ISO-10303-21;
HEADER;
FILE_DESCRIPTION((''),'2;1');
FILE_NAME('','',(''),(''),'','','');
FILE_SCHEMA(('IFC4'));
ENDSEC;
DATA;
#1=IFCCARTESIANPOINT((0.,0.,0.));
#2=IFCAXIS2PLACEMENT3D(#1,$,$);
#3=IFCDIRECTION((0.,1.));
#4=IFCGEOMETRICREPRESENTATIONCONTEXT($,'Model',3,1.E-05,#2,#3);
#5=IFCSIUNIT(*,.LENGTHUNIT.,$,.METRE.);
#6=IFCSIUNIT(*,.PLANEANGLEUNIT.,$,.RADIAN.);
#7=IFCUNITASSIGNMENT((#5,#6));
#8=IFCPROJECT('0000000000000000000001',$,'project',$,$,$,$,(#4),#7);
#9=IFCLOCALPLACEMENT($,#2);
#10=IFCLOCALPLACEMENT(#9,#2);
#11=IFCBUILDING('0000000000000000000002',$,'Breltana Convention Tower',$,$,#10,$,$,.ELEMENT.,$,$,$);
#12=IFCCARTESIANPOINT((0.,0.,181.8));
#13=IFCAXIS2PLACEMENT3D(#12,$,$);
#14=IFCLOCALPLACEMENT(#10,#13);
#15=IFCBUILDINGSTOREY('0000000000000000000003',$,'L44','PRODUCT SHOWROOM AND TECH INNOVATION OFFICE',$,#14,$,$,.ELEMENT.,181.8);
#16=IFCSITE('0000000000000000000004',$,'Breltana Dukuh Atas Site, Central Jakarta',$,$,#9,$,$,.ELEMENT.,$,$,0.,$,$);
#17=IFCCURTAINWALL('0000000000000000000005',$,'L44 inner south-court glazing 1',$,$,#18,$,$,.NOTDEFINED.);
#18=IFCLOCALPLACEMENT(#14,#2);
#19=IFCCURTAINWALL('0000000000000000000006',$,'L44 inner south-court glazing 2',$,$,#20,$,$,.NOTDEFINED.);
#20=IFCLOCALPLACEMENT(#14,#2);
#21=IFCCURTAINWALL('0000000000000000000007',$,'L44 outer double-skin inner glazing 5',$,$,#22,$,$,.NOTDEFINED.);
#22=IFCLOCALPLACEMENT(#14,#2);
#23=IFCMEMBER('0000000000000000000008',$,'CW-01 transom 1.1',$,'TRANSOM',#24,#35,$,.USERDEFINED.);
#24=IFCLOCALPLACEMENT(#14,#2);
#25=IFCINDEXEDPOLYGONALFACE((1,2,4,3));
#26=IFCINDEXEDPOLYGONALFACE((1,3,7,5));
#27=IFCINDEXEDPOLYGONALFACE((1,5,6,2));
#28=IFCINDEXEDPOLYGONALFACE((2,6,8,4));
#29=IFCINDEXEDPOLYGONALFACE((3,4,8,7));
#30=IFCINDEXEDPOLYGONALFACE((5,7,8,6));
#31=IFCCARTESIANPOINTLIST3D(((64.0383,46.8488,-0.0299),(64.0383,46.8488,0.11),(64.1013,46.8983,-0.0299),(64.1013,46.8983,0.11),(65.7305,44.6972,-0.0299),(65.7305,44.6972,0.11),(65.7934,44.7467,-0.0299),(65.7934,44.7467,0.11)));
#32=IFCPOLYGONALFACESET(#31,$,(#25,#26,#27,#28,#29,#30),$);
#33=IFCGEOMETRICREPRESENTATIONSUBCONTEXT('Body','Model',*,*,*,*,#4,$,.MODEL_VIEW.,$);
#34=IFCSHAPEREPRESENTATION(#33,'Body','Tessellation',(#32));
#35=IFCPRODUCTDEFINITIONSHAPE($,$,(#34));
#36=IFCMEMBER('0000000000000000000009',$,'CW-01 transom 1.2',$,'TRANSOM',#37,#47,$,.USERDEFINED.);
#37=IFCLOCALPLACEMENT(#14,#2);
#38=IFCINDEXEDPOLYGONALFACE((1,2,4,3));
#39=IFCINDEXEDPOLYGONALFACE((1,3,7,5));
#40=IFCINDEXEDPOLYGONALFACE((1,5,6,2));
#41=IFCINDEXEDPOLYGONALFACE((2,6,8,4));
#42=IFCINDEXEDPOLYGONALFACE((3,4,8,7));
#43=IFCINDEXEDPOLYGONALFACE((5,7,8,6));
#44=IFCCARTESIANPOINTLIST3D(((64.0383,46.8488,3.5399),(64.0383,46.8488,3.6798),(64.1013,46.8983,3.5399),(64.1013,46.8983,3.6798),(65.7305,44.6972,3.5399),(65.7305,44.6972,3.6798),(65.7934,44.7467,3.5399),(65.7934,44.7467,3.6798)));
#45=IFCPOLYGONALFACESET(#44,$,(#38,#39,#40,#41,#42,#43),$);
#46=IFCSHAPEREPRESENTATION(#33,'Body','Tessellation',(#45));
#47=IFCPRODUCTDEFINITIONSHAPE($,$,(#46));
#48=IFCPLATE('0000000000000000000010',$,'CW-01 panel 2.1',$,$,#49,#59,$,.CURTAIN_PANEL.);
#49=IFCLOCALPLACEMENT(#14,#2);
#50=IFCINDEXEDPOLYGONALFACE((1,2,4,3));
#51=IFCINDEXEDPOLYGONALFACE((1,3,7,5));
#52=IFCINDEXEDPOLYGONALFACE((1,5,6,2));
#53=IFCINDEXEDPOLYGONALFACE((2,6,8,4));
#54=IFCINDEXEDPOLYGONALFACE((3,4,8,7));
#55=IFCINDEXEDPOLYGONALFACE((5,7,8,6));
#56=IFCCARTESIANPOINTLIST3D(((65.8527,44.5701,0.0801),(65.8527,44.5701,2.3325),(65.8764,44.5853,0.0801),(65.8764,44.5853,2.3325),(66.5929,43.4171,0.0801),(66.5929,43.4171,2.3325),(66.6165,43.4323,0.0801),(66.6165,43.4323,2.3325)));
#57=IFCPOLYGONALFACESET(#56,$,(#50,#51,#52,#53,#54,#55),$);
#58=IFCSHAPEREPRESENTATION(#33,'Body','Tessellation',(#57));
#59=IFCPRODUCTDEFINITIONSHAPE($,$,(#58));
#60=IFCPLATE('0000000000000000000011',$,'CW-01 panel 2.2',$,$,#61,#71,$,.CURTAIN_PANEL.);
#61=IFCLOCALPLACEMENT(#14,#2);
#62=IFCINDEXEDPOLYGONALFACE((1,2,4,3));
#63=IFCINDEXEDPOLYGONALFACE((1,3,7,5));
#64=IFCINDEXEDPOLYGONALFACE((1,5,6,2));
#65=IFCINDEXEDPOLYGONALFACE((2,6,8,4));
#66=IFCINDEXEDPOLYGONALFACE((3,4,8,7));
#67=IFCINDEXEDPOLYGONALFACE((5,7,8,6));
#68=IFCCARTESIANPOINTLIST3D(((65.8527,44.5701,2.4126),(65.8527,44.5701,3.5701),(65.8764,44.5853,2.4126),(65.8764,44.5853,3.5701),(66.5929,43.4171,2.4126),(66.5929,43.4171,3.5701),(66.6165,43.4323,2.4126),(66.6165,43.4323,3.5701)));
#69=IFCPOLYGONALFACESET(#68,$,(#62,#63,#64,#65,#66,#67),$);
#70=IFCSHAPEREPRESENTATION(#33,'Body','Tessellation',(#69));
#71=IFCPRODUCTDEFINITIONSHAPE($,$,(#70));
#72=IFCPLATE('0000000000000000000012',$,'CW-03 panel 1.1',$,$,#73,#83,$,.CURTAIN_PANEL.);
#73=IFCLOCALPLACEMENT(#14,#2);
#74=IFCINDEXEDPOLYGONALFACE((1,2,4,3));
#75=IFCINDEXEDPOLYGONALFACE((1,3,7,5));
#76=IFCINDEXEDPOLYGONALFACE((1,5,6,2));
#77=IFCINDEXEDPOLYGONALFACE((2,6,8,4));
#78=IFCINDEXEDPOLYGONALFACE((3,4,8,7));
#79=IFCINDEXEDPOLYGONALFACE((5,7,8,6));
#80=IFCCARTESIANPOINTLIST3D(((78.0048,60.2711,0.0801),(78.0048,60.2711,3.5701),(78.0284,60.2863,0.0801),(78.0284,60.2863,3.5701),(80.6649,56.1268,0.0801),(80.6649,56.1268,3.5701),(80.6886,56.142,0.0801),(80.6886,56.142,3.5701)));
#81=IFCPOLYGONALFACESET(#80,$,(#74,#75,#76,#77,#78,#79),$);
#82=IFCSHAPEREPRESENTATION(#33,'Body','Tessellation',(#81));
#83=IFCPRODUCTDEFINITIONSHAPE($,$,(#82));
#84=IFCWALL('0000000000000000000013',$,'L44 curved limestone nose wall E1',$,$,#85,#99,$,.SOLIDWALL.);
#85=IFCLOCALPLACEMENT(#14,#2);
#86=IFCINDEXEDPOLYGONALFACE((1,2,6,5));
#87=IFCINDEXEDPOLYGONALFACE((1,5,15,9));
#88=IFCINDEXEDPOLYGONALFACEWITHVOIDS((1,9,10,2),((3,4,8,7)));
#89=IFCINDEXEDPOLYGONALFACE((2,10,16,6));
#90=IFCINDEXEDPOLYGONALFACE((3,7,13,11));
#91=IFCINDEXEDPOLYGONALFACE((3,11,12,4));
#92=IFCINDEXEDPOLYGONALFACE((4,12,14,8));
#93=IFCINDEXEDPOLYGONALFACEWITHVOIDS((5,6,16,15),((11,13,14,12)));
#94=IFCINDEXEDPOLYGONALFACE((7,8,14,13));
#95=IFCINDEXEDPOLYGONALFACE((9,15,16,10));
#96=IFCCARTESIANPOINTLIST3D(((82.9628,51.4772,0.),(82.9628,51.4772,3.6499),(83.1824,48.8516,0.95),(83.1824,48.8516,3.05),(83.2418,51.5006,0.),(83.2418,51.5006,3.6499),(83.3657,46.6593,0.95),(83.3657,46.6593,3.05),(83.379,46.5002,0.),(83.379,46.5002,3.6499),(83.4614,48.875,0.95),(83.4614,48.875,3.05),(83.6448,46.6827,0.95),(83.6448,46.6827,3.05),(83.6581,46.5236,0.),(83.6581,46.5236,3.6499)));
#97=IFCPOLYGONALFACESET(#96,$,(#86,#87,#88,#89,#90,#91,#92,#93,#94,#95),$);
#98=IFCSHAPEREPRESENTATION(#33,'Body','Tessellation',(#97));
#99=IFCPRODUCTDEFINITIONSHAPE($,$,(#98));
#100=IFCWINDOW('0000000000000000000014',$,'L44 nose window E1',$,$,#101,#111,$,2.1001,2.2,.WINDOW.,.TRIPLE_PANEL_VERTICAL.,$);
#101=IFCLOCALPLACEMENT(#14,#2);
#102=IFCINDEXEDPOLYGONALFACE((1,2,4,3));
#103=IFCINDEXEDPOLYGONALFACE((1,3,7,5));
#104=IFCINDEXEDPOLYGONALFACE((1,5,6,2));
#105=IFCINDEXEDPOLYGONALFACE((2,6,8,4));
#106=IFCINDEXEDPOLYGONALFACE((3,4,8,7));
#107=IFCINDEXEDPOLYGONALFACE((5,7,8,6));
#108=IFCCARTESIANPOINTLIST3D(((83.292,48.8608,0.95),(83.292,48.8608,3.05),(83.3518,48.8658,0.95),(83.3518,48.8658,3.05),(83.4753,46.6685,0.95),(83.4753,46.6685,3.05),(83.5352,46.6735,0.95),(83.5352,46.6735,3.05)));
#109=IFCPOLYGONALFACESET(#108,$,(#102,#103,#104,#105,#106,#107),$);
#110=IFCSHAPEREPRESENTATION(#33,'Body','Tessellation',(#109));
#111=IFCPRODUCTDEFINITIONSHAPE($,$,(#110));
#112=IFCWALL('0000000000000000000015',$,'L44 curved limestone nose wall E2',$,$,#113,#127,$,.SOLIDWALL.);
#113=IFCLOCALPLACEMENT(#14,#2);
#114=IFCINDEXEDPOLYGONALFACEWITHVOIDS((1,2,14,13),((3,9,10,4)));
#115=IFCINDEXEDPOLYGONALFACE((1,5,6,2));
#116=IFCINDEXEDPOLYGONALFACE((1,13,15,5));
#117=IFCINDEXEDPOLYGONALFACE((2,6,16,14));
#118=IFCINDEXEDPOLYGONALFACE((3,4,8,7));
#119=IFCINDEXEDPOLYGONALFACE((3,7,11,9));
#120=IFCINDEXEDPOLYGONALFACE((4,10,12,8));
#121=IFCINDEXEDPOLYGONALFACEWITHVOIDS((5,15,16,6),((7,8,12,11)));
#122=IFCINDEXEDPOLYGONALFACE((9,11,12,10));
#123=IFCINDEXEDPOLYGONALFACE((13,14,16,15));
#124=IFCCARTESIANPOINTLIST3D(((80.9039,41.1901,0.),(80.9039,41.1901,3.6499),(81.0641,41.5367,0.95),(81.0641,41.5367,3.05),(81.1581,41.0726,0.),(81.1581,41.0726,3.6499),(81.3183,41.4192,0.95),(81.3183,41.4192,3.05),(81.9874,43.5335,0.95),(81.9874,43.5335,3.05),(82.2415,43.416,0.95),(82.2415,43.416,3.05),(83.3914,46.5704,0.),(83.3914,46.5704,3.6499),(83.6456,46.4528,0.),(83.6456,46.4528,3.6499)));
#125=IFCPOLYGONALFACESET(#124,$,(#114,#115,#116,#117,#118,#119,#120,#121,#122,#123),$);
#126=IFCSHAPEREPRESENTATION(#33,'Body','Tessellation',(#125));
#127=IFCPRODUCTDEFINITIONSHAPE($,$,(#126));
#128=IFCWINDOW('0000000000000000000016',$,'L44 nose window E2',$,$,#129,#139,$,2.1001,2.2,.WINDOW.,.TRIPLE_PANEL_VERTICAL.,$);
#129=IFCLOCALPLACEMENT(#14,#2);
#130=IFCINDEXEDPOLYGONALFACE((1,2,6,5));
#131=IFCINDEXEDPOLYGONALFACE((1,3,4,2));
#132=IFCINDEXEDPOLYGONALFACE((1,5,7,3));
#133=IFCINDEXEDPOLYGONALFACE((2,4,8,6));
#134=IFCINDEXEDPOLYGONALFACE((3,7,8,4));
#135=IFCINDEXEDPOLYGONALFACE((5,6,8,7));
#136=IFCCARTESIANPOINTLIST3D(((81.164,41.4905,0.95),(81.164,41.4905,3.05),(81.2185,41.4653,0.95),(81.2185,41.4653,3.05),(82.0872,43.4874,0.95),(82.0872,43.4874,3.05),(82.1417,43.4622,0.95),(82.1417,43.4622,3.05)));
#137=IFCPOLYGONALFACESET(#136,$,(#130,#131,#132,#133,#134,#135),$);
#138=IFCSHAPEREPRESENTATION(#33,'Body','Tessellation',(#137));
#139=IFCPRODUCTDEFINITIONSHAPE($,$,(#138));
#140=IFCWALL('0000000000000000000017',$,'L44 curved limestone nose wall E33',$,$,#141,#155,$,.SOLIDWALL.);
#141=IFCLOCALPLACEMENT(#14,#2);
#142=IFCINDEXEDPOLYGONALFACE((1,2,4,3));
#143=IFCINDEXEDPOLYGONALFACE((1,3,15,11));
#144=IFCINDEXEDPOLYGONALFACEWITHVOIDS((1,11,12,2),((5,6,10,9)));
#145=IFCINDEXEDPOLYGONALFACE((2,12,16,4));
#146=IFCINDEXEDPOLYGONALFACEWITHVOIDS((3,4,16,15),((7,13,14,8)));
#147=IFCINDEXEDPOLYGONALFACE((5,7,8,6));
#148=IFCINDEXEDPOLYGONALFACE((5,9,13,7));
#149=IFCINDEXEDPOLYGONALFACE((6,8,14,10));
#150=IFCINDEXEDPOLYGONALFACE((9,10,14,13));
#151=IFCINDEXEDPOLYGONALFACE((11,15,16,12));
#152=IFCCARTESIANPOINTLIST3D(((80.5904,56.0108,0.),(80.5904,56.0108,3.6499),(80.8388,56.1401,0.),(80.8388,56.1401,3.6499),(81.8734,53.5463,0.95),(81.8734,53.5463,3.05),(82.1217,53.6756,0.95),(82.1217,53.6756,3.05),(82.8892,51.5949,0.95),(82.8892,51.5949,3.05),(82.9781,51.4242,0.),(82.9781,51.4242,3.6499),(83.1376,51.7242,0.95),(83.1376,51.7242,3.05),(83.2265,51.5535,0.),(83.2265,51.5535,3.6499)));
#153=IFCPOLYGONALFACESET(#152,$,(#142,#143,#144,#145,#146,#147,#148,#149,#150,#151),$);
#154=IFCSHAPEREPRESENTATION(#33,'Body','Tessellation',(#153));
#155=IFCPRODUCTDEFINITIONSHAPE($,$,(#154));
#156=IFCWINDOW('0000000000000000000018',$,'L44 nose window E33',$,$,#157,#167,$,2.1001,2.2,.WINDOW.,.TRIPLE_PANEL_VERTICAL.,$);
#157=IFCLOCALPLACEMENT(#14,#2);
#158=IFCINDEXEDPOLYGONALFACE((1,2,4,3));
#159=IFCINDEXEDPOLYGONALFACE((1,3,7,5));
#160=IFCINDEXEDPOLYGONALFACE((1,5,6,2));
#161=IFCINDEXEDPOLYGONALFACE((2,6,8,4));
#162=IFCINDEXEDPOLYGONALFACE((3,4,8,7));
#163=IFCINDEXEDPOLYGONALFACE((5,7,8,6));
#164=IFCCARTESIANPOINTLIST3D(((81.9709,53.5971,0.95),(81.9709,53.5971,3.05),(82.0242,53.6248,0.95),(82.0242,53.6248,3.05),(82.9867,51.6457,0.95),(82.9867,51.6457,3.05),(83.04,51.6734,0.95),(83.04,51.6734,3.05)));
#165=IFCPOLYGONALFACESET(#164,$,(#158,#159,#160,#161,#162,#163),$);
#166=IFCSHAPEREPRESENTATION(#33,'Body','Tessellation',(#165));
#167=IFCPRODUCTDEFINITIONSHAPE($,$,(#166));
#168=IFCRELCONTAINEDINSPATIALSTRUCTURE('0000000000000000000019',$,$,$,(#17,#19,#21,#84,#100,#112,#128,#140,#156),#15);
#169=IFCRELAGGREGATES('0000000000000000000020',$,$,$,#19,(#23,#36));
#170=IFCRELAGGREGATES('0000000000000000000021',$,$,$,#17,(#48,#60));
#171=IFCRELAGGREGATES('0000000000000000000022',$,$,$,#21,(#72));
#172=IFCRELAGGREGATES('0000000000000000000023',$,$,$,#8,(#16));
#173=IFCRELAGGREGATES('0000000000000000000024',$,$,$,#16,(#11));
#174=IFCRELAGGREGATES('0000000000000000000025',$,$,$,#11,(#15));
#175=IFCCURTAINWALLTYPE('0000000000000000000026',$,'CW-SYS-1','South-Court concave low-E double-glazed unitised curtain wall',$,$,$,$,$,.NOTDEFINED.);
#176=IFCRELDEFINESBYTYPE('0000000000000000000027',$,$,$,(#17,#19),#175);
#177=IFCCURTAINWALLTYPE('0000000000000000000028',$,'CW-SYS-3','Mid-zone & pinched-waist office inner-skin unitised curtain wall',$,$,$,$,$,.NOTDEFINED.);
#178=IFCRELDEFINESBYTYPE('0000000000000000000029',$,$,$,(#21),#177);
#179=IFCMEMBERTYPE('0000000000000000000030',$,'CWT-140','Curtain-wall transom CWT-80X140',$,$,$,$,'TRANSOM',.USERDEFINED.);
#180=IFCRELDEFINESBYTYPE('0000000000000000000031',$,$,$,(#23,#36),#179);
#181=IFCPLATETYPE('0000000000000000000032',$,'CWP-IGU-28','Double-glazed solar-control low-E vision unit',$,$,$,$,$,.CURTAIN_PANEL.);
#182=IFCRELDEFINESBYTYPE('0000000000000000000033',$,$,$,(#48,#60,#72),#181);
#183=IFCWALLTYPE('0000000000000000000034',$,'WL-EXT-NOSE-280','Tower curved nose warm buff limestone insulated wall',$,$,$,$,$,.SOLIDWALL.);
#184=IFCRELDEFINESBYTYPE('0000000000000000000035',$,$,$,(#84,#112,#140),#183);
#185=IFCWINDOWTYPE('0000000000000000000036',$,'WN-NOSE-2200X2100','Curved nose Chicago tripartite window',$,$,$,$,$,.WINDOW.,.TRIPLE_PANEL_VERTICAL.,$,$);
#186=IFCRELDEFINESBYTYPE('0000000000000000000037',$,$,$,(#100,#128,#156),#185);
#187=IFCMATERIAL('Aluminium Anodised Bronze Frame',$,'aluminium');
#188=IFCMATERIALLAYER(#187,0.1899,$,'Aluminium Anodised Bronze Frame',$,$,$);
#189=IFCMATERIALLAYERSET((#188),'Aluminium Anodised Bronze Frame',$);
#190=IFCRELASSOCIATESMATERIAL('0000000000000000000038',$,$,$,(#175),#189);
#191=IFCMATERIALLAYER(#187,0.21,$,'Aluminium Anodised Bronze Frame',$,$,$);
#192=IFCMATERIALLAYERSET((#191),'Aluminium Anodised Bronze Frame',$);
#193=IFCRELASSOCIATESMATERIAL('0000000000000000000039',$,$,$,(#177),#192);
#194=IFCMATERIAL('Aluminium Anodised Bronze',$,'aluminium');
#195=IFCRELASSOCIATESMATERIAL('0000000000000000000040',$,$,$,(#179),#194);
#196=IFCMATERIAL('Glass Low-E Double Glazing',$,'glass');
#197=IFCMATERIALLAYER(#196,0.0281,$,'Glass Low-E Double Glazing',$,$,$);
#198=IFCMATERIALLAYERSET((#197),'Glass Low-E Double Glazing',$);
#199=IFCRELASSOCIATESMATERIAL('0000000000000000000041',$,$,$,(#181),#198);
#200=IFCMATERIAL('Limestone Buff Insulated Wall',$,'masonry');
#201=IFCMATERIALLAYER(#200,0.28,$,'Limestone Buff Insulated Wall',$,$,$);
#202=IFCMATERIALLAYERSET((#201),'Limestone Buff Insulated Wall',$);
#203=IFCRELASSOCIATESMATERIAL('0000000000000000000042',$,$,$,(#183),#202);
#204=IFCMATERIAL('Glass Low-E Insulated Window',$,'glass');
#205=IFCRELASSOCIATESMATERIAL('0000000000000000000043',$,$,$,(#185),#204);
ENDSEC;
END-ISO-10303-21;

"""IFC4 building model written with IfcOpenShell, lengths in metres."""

from ifc_helpers import new_model, si_unit, direction, frame, frame_2d, origin, origin_2d, place, context, subcontext, project, spatial, rectangle, extrude, source, transform, mapped, material, layer, layer_set, material_profile, profile_set, type_object, type_shapes, element, fill, aggregate, save


model = new_model("IFC4")

# Units and contexts
model_context = context("Model", 3, precision=1e-05, world=origin(), true_north=direction((0.0, 1.0)))
body_context = subcontext(model_context, "Body", "Model", "MODEL_VIEW")
ifc_project = project(units=[si_unit("LENGTHUNIT", "METRE"), si_unit("PLANEANGLEUNIT", "RADIAN")], contexts=[model_context])

# Site, building, storey
site_placement = place(None, origin())
site = spatial("IfcSite", under=ifc_project, at=site_placement, Name="Breltana Dukuh Atas Site, Central Jakarta", CompositionType="ELEMENT", RefElevation=0.0)
building_placement = place(site_placement, origin())
building = spatial("IfcBuilding", under=site, at=building_placement, Name="Breltana Convention Tower", CompositionType="ELEMENT")
storey_placement = place(building_placement, frame((0.0, 0.0, 181.8)))
storey = spatial("IfcBuildingStorey", under=building, at=storey_placement, Name="L44", Description="PRODUCT SHOWROOM AND TECH INNOVATION OFFICE", CompositionType="ELEMENT", Elevation=181.8)

# Curtain walls
ifc_material_1 = material(Name="Aluminium Anodised Bronze Frame", Category="aluminium")
ifc_layer_1 = layer(ifc_material_1, 0.1899, Name="Aluminium Anodised Bronze Frame")
ifc_layer_set_1 = layer_set([ifc_layer_1], Name="Aluminium Anodised Bronze Frame")
curtain_wall_type_1 = type_object("IfcCurtainWallType", Name="CW-SYS-1", Description="South-Court concave low-E double-glazed unitised curtain wall", PredefinedType="NOTDEFINED", material=ifc_layer_set_1)
curtain_wall_1_placement = place(storey_placement, origin())
curtain_wall_1 = element("IfcCurtainWall", 1, at=curtain_wall_1_placement, inside=storey, type_object=curtain_wall_type_1, Name="L44 inner south-court glazing 1", PredefinedType="NOTDEFINED")
ifc_material_2 = material(Name="Aluminium Anodised Bronze", Category="aluminium")
curtain_wall_2_placement = place(storey_placement, origin())
curtain_wall_2 = element("IfcCurtainWall", 2, at=curtain_wall_2_placement, inside=storey, type_object=curtain_wall_type_1, Name="L44 inner south-court glazing 2", PredefinedType="NOTDEFINED")
ifc_layer_2 = layer(ifc_material_1, 0.21, Name="Aluminium Anodised Bronze Frame")
ifc_layer_set_2 = layer_set([ifc_layer_2], Name="Aluminium Anodised Bronze Frame")
curtain_wall_type_2 = type_object("IfcCurtainWallType", Name="CW-SYS-3", Description="Mid-zone & pinched-waist office inner-skin unitised curtain wall", PredefinedType="NOTDEFINED", material=ifc_layer_set_2)
curtain_wall_3_placement = place(storey_placement, origin())
curtain_wall_3 = element("IfcCurtainWall", 3, at=curtain_wall_3_placement, inside=storey, type_object=curtain_wall_type_2, Name="L44 outer double-skin inner glazing 5", PredefinedType="NOTDEFINED")

# Members
ifc_material_profile_1 = material_profile(ifc_material_2, rectangle(XDim=0.0801, YDim=0.1399, at=origin_2d()), Name="CWT-80X140")
ifc_profile_set_1 = profile_set([ifc_material_profile_1], Name="Aluminium Anodised Bronze")
member_type_1 = type_object("IfcMemberType", Name="CWT-140", Description="Curtain-wall transom CWT-80X140", ElementType="TRANSOM", PredefinedType="USERDEFINED", material=ifc_profile_set_1)
shared_shape_1 = source(origin(), body_context, "Body", "SweptSolid", [
    extrude(rectangle(XDim=0.0801, YDim=0.1399, at=origin_2d()), origin(), (0.0, 0.0, 1.0), 2.7373),
])
member_1_placement = place(storey_placement, frame((65.762, 44.7219, 0.04), z_axis=(-0.61818, 0.786037, 0.0), x_axis=(-0.786037, -0.61818, 0.0)))
member_1 = element("IfcMember", 4, at=member_1_placement, type_object=member_type_1, Name="CW-01 transom 1.1", ObjectType="TRANSOM", PredefinedType="USERDEFINED", context=body_context, shape_type="MappedRepresentation", body=[
    mapped(shared_shape_1, transform((0.0, 0.0, 0.0), scale=1.0)),
])
member_2_placement = place(storey_placement, frame((65.762, 44.7219, 3.6099), z_axis=(-0.61818, 0.786037, 0.0), x_axis=(-0.786037, -0.61818, 0.0)))
member_2 = element("IfcMember", 5, at=member_2_placement, type_object=member_type_1, Name="CW-01 transom 1.2", ObjectType="TRANSOM", PredefinedType="USERDEFINED", context=body_context, shape_type="MappedRepresentation", body=[
    mapped(shared_shape_1, transform((0.0, 0.0, 0.0), scale=1.0)),
])
aggregate(curtain_wall_2, [member_1, member_2])

# Plates
ifc_material_3 = material(Name="Glass Low-E Double Glazing", Category="glass")
ifc_layer_3 = layer(ifc_material_3, 0.0281, Name="Glass Low-E Double Glazing")
ifc_layer_set_3 = layer_set([ifc_layer_3], Name="Glass Low-E Double Glazing")
plate_type = type_object("IfcPlateType", Name="CWP-IGU-28", Description="Double-glazed solar-control low-E vision unit", PredefinedType="CURTAIN_PANEL", material=ifc_layer_set_3)
shared_shape_2 = source(origin(), body_context, "Body", "SweptSolid", [
    extrude(rectangle(XDim=1.3701, YDim=0.0281, at=origin_2d()), origin(), (0.0, 0.0, 1.0), 2.2524),
])
plate_1_placement = place(storey_placement, frame((66.2346, 44.0012, 0.0801), z_axis=(0.0, 0.0, 1.0), x_axis=(-0.540184, 0.841547, 0.0)))
plate_1 = element("IfcPlate", 6, at=plate_1_placement, type_object=plate_type, Name="CW-01 panel 2.1", PredefinedType="CURTAIN_PANEL", context=body_context, shape_type="MappedRepresentation", body=[
    mapped(shared_shape_2, transform((0.0, 0.0, 0.0), scale=1.0)),
])
shared_shape_3 = source(origin(), body_context, "Body", "SweptSolid", [
    extrude(rectangle(XDim=1.3701, YDim=0.0281, at=origin_2d()), origin(), (0.0, 0.0, 1.0), 1.1575),
])
plate_2_placement = place(storey_placement, frame((66.2346, 44.0012, 2.4126), z_axis=(0.0, 0.0, 1.0), x_axis=(-0.540184, 0.841547, 0.0)))
plate_2 = element("IfcPlate", 7, at=plate_2_placement, type_object=plate_type, Name="CW-01 panel 2.2", PredefinedType="CURTAIN_PANEL", context=body_context, shape_type="MappedRepresentation", body=[
    mapped(shared_shape_3, transform((0.0, 0.0, 0.0), scale=1.0)),
])
aggregate(curtain_wall_1, [plate_1, plate_2])
shared_shape_4 = source(origin(), body_context, "Body", "SweptSolid", [
    extrude(rectangle(XDim=4.9246, YDim=0.0281, at=origin_2d()), origin(), (0.0, 0.0, 1.0), 3.49),
])
plate_3_placement = place(storey_placement, frame((79.3467, 58.2065, 0.0801), z_axis=(0.0, 0.0, 1.0), x_axis=(0.540173, -0.841554, 0.0)))
plate_3 = element("IfcPlate", 8, at=plate_3_placement, type_object=plate_type, Name="CW-03 panel 1.1", PredefinedType="CURTAIN_PANEL", context=body_context, shape_type="MappedRepresentation", body=[
    mapped(shared_shape_4, transform((0.0, 0.0, 0.0), scale=1.0)),
])
aggregate(curtain_wall_3, [plate_3])

# Walls, openings, windows
ifc_material_4 = material(Name="Limestone Buff Insulated Wall", Category="masonry")
ifc_layer_4 = layer(ifc_material_4, 0.28, Name="Limestone Buff Insulated Wall")
ifc_layer_set_4 = layer_set([ifc_layer_4], Name="Limestone Buff Insulated Wall")
wall_type_1 = type_object("IfcWallType", Name="WL-EXT-NOSE-280", Description="Tower curved nose warm buff limestone insulated wall", PredefinedType="SOLIDWALL", material=ifc_layer_set_4)
shared_shape_5 = source(origin(), body_context, "Body", "SweptSolid", [
    extrude(rectangle(XDim=4.9944, YDim=0.28, at=frame_2d((2.4971, 0.0))), origin(), (0.0, 0.0, 1.0), 3.6499),
])
wall_1_placement = place(storey_placement, frame((83.1023, 51.4888, 0.0), z_axis=(0.0, 0.0, 1.0), x_axis=(0.083345, -0.996521, 0.0)))
wall_1 = element("IfcWall", 9, at=wall_1_placement, inside=storey, type_object=wall_type_1, Name="L44 curved limestone nose wall E1", PredefinedType="SOLIDWALL", context=body_context, shape_type="MappedRepresentation", body=[
    mapped(shared_shape_5, transform((0.0, 0.0, 0.0), scale=1.0)),
])
opening_1_placement = place(wall_1_placement, frame((2.6345, 0.0, 0.95)))
opening_1 = element("IfcOpeningElement", 10, at=opening_1_placement, cuts=wall_1, PredefinedType="OPENING", context=body_context, shape_type="SweptSolid", body=[
    extrude(rectangle(XDim=2.2, YDim=2.1001, at=frame_2d((1.1001, 1.05))), frame((0.0, 0.1499, 0.0), z_axis=(0.0, -1.0, 0.0), x_axis=(1.0, 0.0, 0.0)), (0.0, 0.0, 1.0), 0.3),
])
ifc_material_5 = material(Name="Glass Low-E Insulated Window", Category="glass")
window_type = type_object("IfcWindowType", Name="WN-NOSE-2200X2100", Description="Curved nose Chicago tripartite window", PartitioningType="TRIPLE_PANEL_VERTICAL", PredefinedType="WINDOW", material=ifc_material_5)
shared_shape_6 = source(origin(), body_context, "Body", "SweptSolid", [
    extrude(rectangle(XDim=2.2, YDim=2.1001, at=frame_2d((1.1001, 1.05))), frame((0.0, 0.03, 0.0), z_axis=(0.0, -1.0, 0.0), x_axis=(1.0, 0.0, 0.0)), (0.0, 0.0, 1.0), 0.0601),
])
type_shapes(window_type, [shared_shape_6])
window_1_placement = place(opening_1_placement, origin())
window_1 = element("IfcWindow", 11, at=window_1_placement, inside=storey, type_object=window_type, Name="L44 nose window E1", OverallHeight=2.1001, OverallWidth=2.2, PartitioningType="TRIPLE_PANEL_VERTICAL", PredefinedType="WINDOW", context=body_context, shape_type="MappedRepresentation", body=[
    mapped(shared_shape_6, transform((0.0, 0.0, 0.0), scale=1.0)),
])
fill(opening_1, window_1)
shared_shape_7 = source(origin(), body_context, "Body", "SweptSolid", [
    extrude(rectangle(XDim=5.9275, YDim=0.28, at=frame_2d((2.9639, 0.0))), origin(), (0.0, 0.0, 1.0), 3.6499),
])
wall_2_placement = place(storey_placement, frame((83.5186, 46.5117, 0.0), z_axis=(0.0, 0.0, 1.0), x_axis=(-0.419656, -0.907683, 0.0)))
wall_2 = element("IfcWall", 12, at=wall_2_placement, inside=storey, type_object=wall_type_1, Name="L44 curved limestone nose wall E2", PredefinedType="SOLIDWALL", context=body_context, shape_type="MappedRepresentation", body=[
    mapped(shared_shape_7, transform((0.0, 0.0, 0.0), scale=1.0)),
])
opening_2_placement = place(wall_2_placement, frame((3.3457, 0.0, 0.95)))
opening_2 = element("IfcOpeningElement", 13, at=opening_2_placement, cuts=wall_2, PredefinedType="OPENING", context=body_context, shape_type="SweptSolid", body=[
    extrude(rectangle(XDim=2.2, YDim=2.1001, at=frame_2d((1.1001, 1.05))), frame((0.0, 0.1499, 0.0), z_axis=(0.0, -1.0, 0.0), x_axis=(1.0, 0.0, 0.0)), (0.0, 0.0, 1.0), 0.3),
])
window_2_placement = place(opening_2_placement, origin())
window_2 = element("IfcWindow", 14, at=window_2_placement, inside=storey, type_object=window_type, Name="L44 nose window E2", OverallHeight=2.1001, OverallWidth=2.2, PartitioningType="TRIPLE_PANEL_VERTICAL", PredefinedType="WINDOW", context=body_context, shape_type="MappedRepresentation", body=[
    mapped(shared_shape_6, transform((0.0, 0.0, 0.0), scale=1.0)),
])
fill(opening_2, window_2)
shared_shape_8 = source(origin(), body_context, "Body", "SweptSolid", [
    extrude(rectangle(XDim=5.1709, YDim=0.28, at=frame_2d((2.5854, 0.0))), origin(), (0.0, 0.0, 1.0), 3.6499),
])
wall_3_placement = place(storey_placement, frame((80.7146, 56.0754, 0.0), z_axis=(0.0, 0.0, 1.0), x_axis=(0.461753, -0.887009, 0.0)))
wall_3 = element("IfcWall", 15, at=wall_3_placement, inside=storey, type_object=wall_type_1, Name="L44 curved limestone nose wall E33", PredefinedType="SOLIDWALL", context=body_context, shape_type="MappedRepresentation", body=[
    mapped(shared_shape_8, transform((0.0, 0.0, 0.0), scale=1.0)),
])
opening_3_placement = place(wall_3_placement, frame((2.7783, 0.0, 0.95)))
opening_3 = element("IfcOpeningElement", 16, at=opening_3_placement, cuts=wall_3, PredefinedType="OPENING", context=body_context, shape_type="SweptSolid", body=[
    extrude(rectangle(XDim=2.2, YDim=2.1001, at=frame_2d((1.1001, 1.05))), frame((0.0, 0.1499, 0.0), z_axis=(0.0, -1.0, 0.0), x_axis=(1.0, 0.0, 0.0)), (0.0, 0.0, 1.0), 0.3),
])
window_3_placement = place(opening_3_placement, origin())
window_3 = element("IfcWindow", 17, at=window_3_placement, inside=storey, type_object=window_type, Name="L44 nose window E33", OverallHeight=2.1001, OverallWidth=2.2, PartitioningType="TRIPLE_PANEL_VERTICAL", PredefinedType="WINDOW", context=body_context, shape_type="MappedRepresentation", body=[
    mapped(shared_shape_6, transform((0.0, 0.0, 0.0), scale=1.0)),
])
fill(opening_3, window_3)

save(model, "model.ifc")
